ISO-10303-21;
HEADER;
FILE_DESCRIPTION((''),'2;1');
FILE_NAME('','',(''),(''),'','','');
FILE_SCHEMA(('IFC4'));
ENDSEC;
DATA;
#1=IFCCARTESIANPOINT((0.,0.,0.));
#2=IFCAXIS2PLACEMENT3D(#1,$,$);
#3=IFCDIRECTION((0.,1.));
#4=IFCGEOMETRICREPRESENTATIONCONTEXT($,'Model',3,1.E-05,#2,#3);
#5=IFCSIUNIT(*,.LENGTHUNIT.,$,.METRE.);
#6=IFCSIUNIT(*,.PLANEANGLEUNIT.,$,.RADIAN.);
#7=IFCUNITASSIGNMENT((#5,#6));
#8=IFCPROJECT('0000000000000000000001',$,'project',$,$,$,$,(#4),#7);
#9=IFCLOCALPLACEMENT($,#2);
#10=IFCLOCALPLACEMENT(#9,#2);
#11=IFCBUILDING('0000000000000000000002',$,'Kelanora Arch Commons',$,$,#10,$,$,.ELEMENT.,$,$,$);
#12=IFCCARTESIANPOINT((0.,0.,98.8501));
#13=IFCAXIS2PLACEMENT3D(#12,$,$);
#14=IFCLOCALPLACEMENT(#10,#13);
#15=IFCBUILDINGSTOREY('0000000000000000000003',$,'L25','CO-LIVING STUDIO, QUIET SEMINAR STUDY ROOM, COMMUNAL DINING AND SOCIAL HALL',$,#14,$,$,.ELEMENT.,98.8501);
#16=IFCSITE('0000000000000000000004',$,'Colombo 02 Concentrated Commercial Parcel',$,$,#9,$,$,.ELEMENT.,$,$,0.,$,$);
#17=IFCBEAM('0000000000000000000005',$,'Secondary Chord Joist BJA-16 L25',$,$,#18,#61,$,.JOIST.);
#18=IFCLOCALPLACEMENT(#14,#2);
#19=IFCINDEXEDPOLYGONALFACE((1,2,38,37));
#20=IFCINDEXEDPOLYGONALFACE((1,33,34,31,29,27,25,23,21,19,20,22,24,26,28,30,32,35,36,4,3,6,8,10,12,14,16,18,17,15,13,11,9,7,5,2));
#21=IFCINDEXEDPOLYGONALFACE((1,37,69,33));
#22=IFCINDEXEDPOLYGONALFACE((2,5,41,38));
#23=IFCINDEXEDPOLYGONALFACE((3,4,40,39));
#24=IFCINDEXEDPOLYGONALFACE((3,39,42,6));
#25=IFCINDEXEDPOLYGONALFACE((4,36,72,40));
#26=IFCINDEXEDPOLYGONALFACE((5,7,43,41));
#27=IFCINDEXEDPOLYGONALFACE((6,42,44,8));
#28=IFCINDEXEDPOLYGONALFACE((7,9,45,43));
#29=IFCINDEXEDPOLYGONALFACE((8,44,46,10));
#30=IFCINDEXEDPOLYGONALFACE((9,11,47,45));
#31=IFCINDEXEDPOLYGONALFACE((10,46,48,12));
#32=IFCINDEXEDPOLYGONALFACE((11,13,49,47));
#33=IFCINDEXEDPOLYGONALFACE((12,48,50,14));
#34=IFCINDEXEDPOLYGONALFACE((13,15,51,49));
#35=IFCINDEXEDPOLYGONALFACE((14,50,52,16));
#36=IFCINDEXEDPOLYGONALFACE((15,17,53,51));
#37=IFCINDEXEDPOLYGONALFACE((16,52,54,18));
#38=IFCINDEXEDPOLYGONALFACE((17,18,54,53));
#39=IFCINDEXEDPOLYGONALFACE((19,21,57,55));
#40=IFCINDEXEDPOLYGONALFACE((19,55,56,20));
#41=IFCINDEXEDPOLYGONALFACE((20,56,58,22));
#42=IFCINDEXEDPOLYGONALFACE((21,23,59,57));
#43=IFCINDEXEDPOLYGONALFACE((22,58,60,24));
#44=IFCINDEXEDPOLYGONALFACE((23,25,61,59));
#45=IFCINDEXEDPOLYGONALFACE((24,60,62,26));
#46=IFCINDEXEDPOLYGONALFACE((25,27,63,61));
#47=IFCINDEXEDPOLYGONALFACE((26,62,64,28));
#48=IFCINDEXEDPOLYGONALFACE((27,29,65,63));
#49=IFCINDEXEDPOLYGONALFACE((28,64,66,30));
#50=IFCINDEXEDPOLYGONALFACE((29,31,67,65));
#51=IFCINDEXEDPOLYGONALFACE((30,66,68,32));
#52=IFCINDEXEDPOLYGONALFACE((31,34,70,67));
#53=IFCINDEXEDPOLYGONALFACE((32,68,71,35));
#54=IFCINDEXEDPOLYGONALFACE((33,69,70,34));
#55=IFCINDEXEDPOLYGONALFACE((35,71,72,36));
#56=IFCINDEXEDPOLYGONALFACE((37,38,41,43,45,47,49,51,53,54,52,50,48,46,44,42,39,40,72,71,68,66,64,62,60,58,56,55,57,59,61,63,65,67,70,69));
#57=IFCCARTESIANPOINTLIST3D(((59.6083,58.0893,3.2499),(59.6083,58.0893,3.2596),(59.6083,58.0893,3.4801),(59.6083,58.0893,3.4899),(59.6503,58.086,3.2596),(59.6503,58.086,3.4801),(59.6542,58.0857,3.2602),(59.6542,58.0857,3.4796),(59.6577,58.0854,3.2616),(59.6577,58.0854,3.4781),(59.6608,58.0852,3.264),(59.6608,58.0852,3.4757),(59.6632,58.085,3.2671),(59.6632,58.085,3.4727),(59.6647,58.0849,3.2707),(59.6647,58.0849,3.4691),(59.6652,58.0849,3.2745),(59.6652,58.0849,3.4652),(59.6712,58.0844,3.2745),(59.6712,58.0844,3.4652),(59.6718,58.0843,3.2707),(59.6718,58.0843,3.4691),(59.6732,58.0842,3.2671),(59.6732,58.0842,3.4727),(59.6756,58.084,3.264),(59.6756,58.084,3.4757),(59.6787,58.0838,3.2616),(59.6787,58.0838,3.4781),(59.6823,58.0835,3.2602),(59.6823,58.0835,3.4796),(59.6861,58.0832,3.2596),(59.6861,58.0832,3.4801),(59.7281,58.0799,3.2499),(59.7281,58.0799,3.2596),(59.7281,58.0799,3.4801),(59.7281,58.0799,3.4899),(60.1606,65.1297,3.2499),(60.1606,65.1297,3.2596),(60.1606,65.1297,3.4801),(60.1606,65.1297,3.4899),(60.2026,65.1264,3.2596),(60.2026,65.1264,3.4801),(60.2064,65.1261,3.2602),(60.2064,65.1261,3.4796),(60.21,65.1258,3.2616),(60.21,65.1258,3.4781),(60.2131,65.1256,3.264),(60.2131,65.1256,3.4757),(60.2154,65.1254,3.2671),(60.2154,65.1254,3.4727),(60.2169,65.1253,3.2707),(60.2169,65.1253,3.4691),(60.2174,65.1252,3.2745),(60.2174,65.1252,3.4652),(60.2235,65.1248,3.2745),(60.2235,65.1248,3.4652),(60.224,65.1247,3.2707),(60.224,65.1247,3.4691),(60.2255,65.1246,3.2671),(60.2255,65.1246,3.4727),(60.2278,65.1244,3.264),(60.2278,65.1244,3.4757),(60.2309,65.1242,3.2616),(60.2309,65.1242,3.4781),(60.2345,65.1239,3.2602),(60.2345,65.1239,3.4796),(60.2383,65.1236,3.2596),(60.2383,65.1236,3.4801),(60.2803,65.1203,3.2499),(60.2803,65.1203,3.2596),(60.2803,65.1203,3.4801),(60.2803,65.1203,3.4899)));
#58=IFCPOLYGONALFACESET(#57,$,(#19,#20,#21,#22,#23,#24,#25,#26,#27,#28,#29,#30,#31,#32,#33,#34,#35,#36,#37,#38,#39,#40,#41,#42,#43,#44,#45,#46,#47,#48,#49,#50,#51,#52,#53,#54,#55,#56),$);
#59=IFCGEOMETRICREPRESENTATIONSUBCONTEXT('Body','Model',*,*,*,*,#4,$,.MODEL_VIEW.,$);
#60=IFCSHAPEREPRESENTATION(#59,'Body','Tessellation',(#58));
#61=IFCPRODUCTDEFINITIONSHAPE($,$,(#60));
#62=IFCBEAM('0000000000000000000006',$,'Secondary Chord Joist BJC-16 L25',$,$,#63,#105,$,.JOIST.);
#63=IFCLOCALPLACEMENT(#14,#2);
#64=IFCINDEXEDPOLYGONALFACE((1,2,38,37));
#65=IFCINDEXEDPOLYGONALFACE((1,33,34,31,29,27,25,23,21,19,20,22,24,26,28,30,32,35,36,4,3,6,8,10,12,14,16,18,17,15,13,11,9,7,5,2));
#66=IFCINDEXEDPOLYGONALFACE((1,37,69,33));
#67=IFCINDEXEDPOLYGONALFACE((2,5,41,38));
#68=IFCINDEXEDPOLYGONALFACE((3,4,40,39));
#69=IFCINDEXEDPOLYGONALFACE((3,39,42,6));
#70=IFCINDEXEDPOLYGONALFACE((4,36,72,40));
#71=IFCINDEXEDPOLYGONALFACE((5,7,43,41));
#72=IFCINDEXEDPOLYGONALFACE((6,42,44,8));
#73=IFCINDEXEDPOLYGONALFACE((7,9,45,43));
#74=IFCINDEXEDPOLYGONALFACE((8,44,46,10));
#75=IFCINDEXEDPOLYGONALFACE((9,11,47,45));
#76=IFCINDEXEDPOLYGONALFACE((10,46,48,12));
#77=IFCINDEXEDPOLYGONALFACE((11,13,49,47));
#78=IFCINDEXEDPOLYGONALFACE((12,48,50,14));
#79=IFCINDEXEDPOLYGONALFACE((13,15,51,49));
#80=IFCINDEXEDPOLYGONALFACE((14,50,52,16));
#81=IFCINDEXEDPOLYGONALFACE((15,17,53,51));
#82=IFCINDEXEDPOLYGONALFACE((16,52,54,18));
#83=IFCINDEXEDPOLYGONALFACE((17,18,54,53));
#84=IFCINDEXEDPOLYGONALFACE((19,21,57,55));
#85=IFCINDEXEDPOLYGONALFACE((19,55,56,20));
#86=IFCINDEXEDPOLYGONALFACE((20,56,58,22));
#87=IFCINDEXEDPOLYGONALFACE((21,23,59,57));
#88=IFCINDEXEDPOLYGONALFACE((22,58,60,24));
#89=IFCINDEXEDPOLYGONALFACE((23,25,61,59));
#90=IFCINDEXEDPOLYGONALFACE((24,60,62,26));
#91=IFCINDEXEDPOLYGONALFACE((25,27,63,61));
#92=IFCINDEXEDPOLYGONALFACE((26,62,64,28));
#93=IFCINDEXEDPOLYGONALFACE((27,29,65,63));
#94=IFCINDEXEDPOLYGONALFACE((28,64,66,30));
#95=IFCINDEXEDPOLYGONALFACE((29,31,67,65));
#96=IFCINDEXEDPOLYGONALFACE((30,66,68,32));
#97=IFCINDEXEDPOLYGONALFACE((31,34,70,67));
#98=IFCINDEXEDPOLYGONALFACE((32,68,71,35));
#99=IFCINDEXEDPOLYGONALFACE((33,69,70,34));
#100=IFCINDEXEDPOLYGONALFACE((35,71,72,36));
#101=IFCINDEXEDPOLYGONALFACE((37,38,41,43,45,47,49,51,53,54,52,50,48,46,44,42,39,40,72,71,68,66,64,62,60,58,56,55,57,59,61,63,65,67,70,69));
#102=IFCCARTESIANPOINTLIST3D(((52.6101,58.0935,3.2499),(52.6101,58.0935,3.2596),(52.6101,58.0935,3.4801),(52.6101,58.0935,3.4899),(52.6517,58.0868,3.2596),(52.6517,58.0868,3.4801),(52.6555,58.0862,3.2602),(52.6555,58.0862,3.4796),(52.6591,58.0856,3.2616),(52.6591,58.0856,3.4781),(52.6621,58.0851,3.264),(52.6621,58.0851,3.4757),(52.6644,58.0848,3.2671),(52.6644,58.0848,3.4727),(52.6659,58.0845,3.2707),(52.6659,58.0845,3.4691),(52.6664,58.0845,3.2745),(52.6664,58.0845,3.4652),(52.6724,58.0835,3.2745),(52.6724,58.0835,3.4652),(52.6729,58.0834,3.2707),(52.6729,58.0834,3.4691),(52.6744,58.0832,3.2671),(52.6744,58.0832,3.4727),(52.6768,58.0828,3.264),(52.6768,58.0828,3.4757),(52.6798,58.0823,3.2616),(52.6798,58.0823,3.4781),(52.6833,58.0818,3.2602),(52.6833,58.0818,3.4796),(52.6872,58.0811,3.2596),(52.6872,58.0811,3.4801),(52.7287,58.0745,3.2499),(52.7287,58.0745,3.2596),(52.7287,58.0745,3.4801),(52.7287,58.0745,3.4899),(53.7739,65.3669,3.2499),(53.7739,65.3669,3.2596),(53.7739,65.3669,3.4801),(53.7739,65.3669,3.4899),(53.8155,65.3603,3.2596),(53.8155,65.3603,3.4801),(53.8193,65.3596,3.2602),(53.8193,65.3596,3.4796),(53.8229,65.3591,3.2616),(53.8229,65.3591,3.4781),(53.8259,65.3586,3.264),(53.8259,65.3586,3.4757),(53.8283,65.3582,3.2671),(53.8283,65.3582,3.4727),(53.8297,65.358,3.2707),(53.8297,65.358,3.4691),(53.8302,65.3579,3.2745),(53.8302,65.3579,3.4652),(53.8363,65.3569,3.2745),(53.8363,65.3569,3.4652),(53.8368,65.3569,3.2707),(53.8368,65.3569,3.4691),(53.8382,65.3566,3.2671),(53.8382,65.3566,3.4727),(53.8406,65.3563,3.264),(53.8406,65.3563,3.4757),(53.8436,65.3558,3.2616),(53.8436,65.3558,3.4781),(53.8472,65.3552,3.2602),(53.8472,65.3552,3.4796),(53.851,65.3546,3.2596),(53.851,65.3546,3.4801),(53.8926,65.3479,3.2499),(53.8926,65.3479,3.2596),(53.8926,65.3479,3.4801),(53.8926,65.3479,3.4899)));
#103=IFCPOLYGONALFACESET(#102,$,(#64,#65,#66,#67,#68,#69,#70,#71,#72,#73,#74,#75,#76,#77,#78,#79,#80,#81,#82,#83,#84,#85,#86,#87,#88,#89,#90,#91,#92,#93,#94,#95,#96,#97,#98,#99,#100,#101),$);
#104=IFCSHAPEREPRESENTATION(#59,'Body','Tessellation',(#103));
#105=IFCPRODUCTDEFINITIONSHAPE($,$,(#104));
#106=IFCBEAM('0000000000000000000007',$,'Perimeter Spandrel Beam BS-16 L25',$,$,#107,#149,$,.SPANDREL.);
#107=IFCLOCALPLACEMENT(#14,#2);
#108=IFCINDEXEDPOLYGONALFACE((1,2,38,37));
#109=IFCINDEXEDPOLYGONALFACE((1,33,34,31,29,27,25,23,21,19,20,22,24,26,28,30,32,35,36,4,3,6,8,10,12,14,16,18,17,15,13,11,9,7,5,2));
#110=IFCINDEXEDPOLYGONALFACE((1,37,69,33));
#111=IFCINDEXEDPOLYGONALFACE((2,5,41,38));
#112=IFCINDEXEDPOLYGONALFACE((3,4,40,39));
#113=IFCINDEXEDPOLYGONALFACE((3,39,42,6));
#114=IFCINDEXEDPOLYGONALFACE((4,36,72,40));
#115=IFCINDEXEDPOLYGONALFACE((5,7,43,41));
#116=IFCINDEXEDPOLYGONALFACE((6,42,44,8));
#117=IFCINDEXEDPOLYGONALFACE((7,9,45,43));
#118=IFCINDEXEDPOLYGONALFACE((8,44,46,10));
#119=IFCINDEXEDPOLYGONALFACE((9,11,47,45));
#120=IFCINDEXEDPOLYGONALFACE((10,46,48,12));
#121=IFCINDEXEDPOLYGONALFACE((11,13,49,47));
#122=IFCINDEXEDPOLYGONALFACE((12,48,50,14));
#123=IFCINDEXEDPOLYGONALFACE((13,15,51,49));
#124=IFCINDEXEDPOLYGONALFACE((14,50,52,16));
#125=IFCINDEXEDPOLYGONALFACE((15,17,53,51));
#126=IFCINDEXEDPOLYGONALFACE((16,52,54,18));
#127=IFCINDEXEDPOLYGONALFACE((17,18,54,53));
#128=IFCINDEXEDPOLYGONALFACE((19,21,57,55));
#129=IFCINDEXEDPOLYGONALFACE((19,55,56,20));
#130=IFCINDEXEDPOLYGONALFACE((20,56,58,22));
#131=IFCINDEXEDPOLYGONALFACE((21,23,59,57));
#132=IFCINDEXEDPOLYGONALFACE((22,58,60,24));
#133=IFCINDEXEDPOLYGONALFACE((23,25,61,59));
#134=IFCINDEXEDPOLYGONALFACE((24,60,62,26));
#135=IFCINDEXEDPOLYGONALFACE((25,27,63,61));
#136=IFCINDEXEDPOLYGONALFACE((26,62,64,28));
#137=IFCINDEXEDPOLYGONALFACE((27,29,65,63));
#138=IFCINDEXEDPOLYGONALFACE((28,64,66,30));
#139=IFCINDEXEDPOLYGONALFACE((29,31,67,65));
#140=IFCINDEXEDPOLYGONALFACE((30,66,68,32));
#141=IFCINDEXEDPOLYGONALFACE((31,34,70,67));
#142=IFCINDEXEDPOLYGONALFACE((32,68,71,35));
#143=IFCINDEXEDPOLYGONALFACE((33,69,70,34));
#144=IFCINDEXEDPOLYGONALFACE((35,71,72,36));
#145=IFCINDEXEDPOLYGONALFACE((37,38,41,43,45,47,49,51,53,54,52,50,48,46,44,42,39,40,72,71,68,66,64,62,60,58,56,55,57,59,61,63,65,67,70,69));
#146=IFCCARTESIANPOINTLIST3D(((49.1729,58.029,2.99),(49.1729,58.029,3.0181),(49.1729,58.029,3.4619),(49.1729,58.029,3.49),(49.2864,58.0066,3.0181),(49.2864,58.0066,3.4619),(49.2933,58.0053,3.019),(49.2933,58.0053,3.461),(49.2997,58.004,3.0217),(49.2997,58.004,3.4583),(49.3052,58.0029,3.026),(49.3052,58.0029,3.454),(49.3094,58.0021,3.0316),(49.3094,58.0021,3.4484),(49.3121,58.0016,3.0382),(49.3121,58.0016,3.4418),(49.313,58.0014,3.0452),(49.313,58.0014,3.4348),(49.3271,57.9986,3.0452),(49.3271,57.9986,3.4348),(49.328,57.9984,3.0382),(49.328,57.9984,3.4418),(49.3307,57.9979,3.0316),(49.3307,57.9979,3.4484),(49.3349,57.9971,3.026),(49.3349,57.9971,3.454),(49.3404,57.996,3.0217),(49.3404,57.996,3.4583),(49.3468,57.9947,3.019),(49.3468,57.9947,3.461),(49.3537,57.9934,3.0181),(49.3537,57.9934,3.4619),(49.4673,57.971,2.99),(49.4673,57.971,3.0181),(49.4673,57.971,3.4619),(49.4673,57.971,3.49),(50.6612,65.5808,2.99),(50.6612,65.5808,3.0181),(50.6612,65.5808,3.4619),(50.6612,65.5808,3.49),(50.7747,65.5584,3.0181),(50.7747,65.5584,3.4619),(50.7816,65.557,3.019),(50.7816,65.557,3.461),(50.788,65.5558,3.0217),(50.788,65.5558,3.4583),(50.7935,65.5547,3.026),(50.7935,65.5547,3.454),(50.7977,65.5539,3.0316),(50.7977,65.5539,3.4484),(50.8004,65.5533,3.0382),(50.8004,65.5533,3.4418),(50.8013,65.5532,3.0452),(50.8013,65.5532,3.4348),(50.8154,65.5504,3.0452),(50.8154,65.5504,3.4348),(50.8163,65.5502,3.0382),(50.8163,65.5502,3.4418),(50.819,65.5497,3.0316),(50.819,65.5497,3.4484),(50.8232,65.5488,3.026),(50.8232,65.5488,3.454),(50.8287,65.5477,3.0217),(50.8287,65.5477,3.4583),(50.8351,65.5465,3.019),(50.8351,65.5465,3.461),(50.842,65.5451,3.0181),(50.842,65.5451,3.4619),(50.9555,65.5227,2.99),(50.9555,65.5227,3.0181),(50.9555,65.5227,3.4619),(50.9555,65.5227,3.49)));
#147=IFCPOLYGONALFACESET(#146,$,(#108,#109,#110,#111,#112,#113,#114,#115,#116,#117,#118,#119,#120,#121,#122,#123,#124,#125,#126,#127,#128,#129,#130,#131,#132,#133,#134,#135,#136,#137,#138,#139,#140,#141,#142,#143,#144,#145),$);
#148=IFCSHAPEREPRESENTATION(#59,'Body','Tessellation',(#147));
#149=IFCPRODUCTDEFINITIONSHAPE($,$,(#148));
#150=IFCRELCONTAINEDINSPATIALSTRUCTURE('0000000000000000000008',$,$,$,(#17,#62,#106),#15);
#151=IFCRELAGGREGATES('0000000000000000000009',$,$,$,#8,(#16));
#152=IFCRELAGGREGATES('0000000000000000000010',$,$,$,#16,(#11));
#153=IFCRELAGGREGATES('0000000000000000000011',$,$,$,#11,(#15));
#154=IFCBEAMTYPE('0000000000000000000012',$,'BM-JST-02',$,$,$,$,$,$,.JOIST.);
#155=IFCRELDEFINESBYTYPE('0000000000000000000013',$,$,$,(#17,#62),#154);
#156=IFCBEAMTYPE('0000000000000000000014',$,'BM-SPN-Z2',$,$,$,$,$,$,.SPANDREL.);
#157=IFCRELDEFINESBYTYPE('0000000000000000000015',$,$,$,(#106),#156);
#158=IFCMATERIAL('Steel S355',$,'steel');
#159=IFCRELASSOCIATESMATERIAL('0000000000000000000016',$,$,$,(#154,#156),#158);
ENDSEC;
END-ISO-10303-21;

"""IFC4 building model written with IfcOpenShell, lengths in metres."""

from ifc_helpers import new_model, si_unit, direction, frame, origin, origin_2d, place, context, subcontext, project, spatial, i_section, extrude, material, material_profile, profile_set, type_object, element, save


model = new_model("IFC4")

# Units and contexts
model_context = context("Model", 3, precision=1e-05, world=origin(), true_north=direction((0.0, 1.0)))
body_context = subcontext(model_context, "Body", "Model", "MODEL_VIEW")
ifc_project = project(units=[si_unit("LENGTHUNIT", "METRE"), si_unit("PLANEANGLEUNIT", "RADIAN")], contexts=[model_context])

# Site, building, storey
site_placement = place(None, origin())
site = spatial("IfcSite", under=ifc_project, at=site_placement, Name="Colombo 02 Concentrated Commercial Parcel", CompositionType="ELEMENT", RefElevation=0.0)
building_placement = place(site_placement, origin())
building = spatial("IfcBuilding", under=site, at=building_placement, Name="Kelanora Arch Commons", CompositionType="ELEMENT")
storey_placement = place(building_placement, frame((0.0, 0.0, 98.8501)))
storey = spatial("IfcBuildingStorey", under=building, at=storey_placement, Name="L25", Description="CO-LIVING STUDIO, QUIET SEMINAR STUDY ROOM, COMMUNAL DINING AND SOCIAL HALL", CompositionType="ELEMENT", Elevation=98.8501)

# Beams
ifc_material_1 = material(Name="Steel S355", Category="steel")
ifc_material_profile_1 = material_profile(ifc_material_1, i_section(OverallWidth=0.1201, OverallDepth=0.24, WebThickness=0.0061, FlangeThickness=0.0098, FilletRadius=0.0149, at=origin_2d()), Name="IPE240")
ifc_profile_set_1 = profile_set([ifc_material_profile_1], Name="Steel S355")
beam_type_1 = type_object("IfcBeamType", Name="BM-JST-02", PredefinedType="JOIST", material=ifc_profile_set_1)
beam_1_placement = place(storey_placement, frame((60.2205, 65.125, 3.3699), z_axis=(-0.078201, -0.996938, 0.0), x_axis=(0.996938, -0.078201, 0.0)))
element("IfcBeam", 1, at=beam_1_placement, inside=storey, type_object=beam_type_1, Name="Secondary Chord Joist BJA-16 L25", PredefinedType="JOIST", context=body_context, shape_type="SweptSolid", body=[
    extrude(i_section(OverallWidth=0.1201, OverallDepth=0.24, WebThickness=0.0061, FlangeThickness=0.0098, FilletRadius=0.0149, at=origin_2d()), origin(), (0.0, 0.0, 1.0), 7.062),
])
beam_2_placement = place(storey_placement, frame((53.8333, 65.3574, 3.3699), z_axis=(-0.158, -0.987439, 0.0), x_axis=(0.987439, -0.158, 0.0)))
element("IfcBeam", 2, at=beam_2_placement, inside=storey, type_object=beam_type_1, Name="Secondary Chord Joist BJC-16 L25", PredefinedType="JOIST", context=body_context, shape_type="SweptSolid", body=[
    extrude(i_section(OverallWidth=0.1201, OverallDepth=0.24, WebThickness=0.0061, FlangeThickness=0.0098, FilletRadius=0.0149, at=origin_2d()), origin(), (0.0, 0.0, 1.0), 7.366),
])
ifc_material_profile_2 = material_profile(ifc_material_1, i_section(OverallWidth=0.3, OverallDepth=0.5, WebThickness=0.0144, FlangeThickness=0.0281, FilletRadius=0.0271, at=origin_2d()), Name="HEB500")
ifc_profile_set_2 = profile_set([ifc_material_profile_2], Name="Steel S355")
beam_type_2 = type_object("IfcBeamType", Name="BM-SPN-Z2", PredefinedType="SPANDREL", material=ifc_profile_set_2)
beam_3_placement = place(storey_placement, frame((50.8083, 65.5518, 3.24), z_axis=(-0.193358, -0.981128, 0.0), x_axis=(0.981128, -0.193358, 0.0)))
element("IfcBeam", 3, at=beam_3_placement, inside=storey, type_object=beam_type_2, Name="Perimeter Spandrel Beam BS-16 L25", PredefinedType="SPANDREL", context=body_context, shape_type="SweptSolid", body=[
    extrude(i_section(OverallWidth=0.3, OverallDepth=0.5, WebThickness=0.0144, FlangeThickness=0.0281, FilletRadius=0.0271, at=origin_2d()), origin(), (0.0, 0.0, 1.0), 7.697),
])

save(model, "model.ifc")
